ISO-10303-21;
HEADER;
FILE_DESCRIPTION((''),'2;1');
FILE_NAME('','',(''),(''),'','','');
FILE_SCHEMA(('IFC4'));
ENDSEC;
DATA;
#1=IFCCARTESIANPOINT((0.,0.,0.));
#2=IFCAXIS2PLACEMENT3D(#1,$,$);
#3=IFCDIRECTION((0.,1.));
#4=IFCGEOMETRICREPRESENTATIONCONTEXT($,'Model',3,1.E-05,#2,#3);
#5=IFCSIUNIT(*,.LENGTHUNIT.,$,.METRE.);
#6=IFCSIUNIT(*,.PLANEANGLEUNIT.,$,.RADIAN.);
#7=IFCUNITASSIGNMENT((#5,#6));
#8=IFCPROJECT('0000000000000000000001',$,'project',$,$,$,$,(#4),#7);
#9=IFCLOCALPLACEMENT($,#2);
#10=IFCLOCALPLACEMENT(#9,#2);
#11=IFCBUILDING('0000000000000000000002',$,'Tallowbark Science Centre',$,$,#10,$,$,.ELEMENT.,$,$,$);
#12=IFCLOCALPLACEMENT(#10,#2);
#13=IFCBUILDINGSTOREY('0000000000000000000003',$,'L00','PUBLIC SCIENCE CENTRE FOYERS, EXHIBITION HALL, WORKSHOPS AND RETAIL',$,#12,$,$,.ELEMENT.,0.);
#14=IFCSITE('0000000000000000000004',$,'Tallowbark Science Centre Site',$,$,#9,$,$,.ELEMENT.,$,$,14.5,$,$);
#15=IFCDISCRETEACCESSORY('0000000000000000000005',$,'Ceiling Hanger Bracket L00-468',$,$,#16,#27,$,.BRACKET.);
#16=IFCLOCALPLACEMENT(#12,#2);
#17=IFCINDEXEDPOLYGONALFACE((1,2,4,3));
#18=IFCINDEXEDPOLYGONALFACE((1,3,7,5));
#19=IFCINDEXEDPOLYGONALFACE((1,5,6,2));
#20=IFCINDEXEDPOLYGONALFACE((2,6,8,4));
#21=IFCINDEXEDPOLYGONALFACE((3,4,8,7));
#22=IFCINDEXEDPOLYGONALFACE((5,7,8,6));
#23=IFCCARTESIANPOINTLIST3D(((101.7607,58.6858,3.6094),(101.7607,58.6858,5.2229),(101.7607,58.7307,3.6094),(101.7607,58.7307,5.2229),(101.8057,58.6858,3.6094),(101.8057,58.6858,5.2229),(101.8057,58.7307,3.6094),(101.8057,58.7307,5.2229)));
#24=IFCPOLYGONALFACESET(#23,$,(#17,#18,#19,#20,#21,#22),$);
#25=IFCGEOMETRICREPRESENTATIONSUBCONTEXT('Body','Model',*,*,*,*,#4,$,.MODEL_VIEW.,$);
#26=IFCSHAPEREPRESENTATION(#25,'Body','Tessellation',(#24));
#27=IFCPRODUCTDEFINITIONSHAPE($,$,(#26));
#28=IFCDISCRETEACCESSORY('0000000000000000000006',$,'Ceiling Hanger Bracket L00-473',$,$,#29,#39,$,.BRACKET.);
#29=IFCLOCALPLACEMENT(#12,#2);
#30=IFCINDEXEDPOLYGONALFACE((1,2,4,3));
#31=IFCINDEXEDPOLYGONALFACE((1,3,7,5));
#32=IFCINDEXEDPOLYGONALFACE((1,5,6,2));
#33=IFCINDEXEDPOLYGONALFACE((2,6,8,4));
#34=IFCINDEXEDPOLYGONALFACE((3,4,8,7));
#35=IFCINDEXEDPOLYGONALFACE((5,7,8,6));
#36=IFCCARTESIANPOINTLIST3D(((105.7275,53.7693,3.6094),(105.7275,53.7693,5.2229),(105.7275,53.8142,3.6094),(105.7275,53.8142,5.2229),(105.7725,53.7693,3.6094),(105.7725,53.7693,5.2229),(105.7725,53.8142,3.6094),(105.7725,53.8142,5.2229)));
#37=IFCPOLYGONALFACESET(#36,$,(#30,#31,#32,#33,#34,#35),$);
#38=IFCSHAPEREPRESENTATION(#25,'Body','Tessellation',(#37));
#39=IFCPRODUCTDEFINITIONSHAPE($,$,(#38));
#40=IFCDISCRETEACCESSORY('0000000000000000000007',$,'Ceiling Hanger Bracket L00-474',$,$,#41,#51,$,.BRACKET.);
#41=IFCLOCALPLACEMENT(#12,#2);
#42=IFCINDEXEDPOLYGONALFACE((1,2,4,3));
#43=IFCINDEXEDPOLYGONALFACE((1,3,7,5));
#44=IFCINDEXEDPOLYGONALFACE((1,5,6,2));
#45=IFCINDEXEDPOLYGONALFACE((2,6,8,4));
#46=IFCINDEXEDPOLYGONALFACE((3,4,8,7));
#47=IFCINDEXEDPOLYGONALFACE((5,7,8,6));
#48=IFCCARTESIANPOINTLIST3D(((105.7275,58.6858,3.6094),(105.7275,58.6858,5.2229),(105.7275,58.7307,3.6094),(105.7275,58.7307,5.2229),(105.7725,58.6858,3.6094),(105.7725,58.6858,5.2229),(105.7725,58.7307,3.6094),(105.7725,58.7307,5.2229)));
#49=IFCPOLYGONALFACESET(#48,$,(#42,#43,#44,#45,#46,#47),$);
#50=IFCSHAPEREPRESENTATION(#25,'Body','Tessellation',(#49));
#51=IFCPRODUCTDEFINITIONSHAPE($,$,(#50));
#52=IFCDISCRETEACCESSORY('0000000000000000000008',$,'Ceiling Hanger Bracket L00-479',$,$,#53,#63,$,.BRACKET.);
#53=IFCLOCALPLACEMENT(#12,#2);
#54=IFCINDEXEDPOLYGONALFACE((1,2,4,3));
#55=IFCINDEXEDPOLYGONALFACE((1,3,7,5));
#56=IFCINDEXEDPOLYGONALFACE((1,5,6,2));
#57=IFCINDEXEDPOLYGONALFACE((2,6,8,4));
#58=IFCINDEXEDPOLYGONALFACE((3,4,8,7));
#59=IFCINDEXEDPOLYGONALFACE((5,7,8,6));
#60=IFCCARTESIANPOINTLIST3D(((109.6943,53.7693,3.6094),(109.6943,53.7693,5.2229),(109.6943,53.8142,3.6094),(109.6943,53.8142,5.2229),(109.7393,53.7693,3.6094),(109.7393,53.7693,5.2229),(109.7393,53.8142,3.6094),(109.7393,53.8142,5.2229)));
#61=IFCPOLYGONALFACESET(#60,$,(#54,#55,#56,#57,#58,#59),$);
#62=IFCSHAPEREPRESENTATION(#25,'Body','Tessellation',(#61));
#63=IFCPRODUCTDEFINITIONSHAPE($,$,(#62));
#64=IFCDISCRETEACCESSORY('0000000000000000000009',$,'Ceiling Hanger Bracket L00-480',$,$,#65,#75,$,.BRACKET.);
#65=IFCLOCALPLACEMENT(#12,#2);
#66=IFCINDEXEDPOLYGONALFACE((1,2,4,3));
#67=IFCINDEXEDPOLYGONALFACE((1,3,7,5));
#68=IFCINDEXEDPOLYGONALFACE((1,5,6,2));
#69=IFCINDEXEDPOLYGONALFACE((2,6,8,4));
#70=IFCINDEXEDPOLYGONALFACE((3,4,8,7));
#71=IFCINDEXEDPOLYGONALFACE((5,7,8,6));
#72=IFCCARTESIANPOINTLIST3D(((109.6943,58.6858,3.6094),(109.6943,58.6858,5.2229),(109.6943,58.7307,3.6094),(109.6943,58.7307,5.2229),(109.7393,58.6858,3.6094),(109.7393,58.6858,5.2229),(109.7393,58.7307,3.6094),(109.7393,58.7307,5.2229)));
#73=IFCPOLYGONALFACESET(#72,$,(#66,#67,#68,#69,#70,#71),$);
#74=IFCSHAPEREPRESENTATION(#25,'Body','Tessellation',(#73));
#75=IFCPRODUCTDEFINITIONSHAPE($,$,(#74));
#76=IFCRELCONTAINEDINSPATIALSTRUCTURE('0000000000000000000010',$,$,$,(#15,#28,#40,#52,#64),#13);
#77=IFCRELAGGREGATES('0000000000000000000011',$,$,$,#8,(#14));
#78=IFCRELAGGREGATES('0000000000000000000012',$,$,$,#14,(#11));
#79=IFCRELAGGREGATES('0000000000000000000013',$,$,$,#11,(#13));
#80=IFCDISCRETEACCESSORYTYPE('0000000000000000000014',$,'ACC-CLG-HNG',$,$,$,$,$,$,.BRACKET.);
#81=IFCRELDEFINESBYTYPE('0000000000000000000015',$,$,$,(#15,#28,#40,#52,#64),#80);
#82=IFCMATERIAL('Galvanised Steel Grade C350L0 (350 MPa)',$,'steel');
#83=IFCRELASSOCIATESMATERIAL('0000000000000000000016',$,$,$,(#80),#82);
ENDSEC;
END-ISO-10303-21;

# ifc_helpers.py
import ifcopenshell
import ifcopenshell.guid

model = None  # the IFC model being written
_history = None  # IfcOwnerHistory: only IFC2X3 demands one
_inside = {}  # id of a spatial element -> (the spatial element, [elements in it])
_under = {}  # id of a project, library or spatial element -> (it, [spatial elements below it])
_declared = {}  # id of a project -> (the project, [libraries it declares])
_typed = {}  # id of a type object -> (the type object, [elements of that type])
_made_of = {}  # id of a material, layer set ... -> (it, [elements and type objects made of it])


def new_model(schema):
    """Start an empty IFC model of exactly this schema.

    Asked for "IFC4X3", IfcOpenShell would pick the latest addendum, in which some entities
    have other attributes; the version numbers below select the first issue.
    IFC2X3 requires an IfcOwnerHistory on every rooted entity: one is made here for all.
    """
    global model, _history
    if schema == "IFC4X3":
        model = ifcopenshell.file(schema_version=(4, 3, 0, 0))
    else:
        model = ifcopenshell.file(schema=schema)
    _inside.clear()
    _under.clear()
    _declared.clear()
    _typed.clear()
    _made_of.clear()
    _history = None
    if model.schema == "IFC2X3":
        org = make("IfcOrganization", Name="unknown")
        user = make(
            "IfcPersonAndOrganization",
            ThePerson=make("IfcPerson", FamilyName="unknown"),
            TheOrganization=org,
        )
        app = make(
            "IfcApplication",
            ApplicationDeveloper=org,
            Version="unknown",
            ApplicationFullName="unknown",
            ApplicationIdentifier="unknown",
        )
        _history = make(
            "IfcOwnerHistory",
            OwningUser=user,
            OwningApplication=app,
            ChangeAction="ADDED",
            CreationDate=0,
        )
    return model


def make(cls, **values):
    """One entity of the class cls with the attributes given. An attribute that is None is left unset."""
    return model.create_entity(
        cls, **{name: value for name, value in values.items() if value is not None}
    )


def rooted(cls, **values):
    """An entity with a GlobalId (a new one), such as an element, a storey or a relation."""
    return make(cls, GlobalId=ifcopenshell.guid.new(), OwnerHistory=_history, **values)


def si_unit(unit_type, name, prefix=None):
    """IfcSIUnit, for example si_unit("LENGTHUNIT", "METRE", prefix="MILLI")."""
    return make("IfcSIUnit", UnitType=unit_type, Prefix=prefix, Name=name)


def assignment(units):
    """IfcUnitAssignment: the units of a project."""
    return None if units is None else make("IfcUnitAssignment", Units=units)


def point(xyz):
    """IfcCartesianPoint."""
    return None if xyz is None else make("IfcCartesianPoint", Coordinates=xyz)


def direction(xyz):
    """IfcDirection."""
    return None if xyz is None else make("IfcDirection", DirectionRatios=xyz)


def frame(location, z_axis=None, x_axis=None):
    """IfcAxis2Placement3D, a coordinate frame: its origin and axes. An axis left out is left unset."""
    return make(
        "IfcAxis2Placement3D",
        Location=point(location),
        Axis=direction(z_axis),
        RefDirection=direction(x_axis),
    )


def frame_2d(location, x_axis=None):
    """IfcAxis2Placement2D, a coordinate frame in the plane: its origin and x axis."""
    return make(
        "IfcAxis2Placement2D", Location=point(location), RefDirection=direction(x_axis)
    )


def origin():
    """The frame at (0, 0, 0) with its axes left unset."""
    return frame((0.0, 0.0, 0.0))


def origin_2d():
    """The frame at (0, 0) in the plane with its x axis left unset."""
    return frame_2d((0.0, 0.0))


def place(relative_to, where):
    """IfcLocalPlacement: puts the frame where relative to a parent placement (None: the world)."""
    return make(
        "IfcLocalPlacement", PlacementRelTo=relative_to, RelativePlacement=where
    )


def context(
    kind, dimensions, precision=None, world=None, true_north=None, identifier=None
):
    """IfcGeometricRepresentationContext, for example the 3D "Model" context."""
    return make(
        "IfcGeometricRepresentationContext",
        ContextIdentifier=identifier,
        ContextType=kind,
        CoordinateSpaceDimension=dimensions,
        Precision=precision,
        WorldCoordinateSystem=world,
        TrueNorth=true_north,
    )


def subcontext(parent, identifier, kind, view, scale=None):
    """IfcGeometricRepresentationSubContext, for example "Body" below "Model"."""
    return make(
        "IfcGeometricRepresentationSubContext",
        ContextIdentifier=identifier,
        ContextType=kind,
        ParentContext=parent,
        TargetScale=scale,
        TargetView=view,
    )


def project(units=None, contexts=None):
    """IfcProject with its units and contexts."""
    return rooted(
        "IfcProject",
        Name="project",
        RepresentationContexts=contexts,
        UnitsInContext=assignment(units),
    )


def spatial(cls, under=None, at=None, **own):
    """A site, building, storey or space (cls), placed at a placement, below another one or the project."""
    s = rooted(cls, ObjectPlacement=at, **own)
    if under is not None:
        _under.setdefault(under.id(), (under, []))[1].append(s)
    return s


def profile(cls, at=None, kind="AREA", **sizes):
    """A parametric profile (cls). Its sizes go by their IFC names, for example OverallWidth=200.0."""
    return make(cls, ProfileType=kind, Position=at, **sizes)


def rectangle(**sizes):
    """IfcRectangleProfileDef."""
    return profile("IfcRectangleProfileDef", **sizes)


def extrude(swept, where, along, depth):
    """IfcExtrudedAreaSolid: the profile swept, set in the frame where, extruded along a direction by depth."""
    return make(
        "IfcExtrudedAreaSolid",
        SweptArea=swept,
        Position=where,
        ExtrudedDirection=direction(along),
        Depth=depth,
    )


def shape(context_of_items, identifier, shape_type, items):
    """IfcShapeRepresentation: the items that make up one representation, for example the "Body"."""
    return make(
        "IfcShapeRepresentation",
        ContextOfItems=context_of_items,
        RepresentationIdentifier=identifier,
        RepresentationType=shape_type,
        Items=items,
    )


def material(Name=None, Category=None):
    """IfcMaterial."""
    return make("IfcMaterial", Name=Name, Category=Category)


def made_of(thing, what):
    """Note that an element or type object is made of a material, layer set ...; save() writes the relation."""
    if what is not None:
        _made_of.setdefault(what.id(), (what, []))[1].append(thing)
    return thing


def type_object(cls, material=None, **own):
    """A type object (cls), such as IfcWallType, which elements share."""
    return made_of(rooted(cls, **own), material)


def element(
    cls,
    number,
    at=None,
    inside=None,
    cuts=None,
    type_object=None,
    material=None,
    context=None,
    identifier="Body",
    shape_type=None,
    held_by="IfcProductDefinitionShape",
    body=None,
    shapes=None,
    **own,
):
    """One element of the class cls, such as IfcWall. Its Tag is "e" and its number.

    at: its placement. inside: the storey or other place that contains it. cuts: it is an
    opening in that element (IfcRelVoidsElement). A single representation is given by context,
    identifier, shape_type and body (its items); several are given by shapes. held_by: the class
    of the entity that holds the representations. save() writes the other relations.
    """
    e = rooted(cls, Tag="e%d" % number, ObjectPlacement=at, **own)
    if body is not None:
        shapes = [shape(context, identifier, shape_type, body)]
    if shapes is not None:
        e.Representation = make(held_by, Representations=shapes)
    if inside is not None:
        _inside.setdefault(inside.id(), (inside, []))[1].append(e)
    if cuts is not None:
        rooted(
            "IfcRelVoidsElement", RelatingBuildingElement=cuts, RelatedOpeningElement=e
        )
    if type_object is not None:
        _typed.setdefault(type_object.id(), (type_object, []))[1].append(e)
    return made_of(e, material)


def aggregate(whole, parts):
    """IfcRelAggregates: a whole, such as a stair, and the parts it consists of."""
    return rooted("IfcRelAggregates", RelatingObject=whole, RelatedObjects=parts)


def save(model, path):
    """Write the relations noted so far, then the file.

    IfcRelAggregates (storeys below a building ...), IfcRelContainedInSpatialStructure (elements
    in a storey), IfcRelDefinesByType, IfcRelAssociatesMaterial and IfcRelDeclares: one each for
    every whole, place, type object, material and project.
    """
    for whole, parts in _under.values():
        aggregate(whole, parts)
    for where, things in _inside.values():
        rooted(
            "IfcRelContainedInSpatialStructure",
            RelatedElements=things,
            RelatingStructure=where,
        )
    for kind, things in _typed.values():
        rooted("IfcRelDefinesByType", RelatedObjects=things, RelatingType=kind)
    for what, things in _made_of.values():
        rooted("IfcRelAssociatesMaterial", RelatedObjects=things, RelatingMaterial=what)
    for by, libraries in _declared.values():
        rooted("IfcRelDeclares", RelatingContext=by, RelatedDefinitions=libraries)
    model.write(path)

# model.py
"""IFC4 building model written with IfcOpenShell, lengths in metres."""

from ifc_helpers import new_model, si_unit, direction, frame, origin, origin_2d, place, context, subcontext, project, spatial, rectangle, extrude, material, type_object, element, save


model = new_model("IFC4")

# Units and contexts
model_context = context("Model", 3, precision=1e-05, world=origin(), true_north=direction((0.0, 1.0)))
body_context = subcontext(model_context, "Body", "Model", "MODEL_VIEW")
ifc_project = project(units=[si_unit("LENGTHUNIT", "METRE"), si_unit("PLANEANGLEUNIT", "RADIAN")], contexts=[model_context])

# Site, building, storey
site_placement = place(None, origin())
site = spatial("IfcSite", under=ifc_project, at=site_placement, Name="Tallowbark Science Centre Site", CompositionType="ELEMENT", RefElevation=14.5)
building_placement = place(site_placement, origin())
building = spatial("IfcBuilding", under=site, at=building_placement, Name="Tallowbark Science Centre", CompositionType="ELEMENT")
storey_placement = place(building_placement, origin())
storey = spatial("IfcBuildingStorey", under=building, at=storey_placement, Name="L00", Description="PUBLIC SCIENCE CENTRE FOYERS, EXHIBITION HALL, WORKSHOPS AND RETAIL", CompositionType="ELEMENT", Elevation=0.0)

# Discrete accessories
ifc_material_1 = material(Name="Galvanised Steel Grade C350L0 (350 MPa)", Category="steel")
discrete_accessory_type = type_object("IfcDiscreteAccessoryType", Name="ACC-CLG-HNG", PredefinedType="BRACKET", material=ifc_material_1)
for number, where, z_axis, x_axis, name in (
    (1, (101.7832, 58.7083, 3.6094), (0.0, 0.0, 1.0), (1.0, 0.0, 0.0), "Ceiling Hanger Bracket L00-468"),
    (2, (105.75, 53.7917, 3.6094), (0.0, 0.0, 1.0), (1.0, 0.0, 0.0), "Ceiling Hanger Bracket L00-473"),
    (3, (105.75, 58.7083, 3.6094), (0.0, 0.0, 1.0), (1.0, 0.0, 0.0), "Ceiling Hanger Bracket L00-474"),
    (4, (109.7168, 53.7917, 3.6094), (0.0, 0.0, 1.0), (1.0, 0.0, 0.0), "Ceiling Hanger Bracket L00-479"),
    (5, (109.7168, 58.7083, 3.6094), (0.0, 0.0, 1.0), (1.0, 0.0, 0.0), "Ceiling Hanger Bracket L00-480"),
):
    element("IfcDiscreteAccessory", number, at=place(storey_placement, frame(where, z_axis=z_axis, x_axis=x_axis)), inside=storey, type_object=discrete_accessory_type, Name=name, PredefinedType="BRACKET", context=body_context, shape_type="SweptSolid", body=[
        extrude(rectangle(XDim=0.0449, YDim=0.0449, at=origin_2d()), origin(), (0.0, 0.0, 1.0), 1.6135),
    ])

save(model, "model.ifc")
